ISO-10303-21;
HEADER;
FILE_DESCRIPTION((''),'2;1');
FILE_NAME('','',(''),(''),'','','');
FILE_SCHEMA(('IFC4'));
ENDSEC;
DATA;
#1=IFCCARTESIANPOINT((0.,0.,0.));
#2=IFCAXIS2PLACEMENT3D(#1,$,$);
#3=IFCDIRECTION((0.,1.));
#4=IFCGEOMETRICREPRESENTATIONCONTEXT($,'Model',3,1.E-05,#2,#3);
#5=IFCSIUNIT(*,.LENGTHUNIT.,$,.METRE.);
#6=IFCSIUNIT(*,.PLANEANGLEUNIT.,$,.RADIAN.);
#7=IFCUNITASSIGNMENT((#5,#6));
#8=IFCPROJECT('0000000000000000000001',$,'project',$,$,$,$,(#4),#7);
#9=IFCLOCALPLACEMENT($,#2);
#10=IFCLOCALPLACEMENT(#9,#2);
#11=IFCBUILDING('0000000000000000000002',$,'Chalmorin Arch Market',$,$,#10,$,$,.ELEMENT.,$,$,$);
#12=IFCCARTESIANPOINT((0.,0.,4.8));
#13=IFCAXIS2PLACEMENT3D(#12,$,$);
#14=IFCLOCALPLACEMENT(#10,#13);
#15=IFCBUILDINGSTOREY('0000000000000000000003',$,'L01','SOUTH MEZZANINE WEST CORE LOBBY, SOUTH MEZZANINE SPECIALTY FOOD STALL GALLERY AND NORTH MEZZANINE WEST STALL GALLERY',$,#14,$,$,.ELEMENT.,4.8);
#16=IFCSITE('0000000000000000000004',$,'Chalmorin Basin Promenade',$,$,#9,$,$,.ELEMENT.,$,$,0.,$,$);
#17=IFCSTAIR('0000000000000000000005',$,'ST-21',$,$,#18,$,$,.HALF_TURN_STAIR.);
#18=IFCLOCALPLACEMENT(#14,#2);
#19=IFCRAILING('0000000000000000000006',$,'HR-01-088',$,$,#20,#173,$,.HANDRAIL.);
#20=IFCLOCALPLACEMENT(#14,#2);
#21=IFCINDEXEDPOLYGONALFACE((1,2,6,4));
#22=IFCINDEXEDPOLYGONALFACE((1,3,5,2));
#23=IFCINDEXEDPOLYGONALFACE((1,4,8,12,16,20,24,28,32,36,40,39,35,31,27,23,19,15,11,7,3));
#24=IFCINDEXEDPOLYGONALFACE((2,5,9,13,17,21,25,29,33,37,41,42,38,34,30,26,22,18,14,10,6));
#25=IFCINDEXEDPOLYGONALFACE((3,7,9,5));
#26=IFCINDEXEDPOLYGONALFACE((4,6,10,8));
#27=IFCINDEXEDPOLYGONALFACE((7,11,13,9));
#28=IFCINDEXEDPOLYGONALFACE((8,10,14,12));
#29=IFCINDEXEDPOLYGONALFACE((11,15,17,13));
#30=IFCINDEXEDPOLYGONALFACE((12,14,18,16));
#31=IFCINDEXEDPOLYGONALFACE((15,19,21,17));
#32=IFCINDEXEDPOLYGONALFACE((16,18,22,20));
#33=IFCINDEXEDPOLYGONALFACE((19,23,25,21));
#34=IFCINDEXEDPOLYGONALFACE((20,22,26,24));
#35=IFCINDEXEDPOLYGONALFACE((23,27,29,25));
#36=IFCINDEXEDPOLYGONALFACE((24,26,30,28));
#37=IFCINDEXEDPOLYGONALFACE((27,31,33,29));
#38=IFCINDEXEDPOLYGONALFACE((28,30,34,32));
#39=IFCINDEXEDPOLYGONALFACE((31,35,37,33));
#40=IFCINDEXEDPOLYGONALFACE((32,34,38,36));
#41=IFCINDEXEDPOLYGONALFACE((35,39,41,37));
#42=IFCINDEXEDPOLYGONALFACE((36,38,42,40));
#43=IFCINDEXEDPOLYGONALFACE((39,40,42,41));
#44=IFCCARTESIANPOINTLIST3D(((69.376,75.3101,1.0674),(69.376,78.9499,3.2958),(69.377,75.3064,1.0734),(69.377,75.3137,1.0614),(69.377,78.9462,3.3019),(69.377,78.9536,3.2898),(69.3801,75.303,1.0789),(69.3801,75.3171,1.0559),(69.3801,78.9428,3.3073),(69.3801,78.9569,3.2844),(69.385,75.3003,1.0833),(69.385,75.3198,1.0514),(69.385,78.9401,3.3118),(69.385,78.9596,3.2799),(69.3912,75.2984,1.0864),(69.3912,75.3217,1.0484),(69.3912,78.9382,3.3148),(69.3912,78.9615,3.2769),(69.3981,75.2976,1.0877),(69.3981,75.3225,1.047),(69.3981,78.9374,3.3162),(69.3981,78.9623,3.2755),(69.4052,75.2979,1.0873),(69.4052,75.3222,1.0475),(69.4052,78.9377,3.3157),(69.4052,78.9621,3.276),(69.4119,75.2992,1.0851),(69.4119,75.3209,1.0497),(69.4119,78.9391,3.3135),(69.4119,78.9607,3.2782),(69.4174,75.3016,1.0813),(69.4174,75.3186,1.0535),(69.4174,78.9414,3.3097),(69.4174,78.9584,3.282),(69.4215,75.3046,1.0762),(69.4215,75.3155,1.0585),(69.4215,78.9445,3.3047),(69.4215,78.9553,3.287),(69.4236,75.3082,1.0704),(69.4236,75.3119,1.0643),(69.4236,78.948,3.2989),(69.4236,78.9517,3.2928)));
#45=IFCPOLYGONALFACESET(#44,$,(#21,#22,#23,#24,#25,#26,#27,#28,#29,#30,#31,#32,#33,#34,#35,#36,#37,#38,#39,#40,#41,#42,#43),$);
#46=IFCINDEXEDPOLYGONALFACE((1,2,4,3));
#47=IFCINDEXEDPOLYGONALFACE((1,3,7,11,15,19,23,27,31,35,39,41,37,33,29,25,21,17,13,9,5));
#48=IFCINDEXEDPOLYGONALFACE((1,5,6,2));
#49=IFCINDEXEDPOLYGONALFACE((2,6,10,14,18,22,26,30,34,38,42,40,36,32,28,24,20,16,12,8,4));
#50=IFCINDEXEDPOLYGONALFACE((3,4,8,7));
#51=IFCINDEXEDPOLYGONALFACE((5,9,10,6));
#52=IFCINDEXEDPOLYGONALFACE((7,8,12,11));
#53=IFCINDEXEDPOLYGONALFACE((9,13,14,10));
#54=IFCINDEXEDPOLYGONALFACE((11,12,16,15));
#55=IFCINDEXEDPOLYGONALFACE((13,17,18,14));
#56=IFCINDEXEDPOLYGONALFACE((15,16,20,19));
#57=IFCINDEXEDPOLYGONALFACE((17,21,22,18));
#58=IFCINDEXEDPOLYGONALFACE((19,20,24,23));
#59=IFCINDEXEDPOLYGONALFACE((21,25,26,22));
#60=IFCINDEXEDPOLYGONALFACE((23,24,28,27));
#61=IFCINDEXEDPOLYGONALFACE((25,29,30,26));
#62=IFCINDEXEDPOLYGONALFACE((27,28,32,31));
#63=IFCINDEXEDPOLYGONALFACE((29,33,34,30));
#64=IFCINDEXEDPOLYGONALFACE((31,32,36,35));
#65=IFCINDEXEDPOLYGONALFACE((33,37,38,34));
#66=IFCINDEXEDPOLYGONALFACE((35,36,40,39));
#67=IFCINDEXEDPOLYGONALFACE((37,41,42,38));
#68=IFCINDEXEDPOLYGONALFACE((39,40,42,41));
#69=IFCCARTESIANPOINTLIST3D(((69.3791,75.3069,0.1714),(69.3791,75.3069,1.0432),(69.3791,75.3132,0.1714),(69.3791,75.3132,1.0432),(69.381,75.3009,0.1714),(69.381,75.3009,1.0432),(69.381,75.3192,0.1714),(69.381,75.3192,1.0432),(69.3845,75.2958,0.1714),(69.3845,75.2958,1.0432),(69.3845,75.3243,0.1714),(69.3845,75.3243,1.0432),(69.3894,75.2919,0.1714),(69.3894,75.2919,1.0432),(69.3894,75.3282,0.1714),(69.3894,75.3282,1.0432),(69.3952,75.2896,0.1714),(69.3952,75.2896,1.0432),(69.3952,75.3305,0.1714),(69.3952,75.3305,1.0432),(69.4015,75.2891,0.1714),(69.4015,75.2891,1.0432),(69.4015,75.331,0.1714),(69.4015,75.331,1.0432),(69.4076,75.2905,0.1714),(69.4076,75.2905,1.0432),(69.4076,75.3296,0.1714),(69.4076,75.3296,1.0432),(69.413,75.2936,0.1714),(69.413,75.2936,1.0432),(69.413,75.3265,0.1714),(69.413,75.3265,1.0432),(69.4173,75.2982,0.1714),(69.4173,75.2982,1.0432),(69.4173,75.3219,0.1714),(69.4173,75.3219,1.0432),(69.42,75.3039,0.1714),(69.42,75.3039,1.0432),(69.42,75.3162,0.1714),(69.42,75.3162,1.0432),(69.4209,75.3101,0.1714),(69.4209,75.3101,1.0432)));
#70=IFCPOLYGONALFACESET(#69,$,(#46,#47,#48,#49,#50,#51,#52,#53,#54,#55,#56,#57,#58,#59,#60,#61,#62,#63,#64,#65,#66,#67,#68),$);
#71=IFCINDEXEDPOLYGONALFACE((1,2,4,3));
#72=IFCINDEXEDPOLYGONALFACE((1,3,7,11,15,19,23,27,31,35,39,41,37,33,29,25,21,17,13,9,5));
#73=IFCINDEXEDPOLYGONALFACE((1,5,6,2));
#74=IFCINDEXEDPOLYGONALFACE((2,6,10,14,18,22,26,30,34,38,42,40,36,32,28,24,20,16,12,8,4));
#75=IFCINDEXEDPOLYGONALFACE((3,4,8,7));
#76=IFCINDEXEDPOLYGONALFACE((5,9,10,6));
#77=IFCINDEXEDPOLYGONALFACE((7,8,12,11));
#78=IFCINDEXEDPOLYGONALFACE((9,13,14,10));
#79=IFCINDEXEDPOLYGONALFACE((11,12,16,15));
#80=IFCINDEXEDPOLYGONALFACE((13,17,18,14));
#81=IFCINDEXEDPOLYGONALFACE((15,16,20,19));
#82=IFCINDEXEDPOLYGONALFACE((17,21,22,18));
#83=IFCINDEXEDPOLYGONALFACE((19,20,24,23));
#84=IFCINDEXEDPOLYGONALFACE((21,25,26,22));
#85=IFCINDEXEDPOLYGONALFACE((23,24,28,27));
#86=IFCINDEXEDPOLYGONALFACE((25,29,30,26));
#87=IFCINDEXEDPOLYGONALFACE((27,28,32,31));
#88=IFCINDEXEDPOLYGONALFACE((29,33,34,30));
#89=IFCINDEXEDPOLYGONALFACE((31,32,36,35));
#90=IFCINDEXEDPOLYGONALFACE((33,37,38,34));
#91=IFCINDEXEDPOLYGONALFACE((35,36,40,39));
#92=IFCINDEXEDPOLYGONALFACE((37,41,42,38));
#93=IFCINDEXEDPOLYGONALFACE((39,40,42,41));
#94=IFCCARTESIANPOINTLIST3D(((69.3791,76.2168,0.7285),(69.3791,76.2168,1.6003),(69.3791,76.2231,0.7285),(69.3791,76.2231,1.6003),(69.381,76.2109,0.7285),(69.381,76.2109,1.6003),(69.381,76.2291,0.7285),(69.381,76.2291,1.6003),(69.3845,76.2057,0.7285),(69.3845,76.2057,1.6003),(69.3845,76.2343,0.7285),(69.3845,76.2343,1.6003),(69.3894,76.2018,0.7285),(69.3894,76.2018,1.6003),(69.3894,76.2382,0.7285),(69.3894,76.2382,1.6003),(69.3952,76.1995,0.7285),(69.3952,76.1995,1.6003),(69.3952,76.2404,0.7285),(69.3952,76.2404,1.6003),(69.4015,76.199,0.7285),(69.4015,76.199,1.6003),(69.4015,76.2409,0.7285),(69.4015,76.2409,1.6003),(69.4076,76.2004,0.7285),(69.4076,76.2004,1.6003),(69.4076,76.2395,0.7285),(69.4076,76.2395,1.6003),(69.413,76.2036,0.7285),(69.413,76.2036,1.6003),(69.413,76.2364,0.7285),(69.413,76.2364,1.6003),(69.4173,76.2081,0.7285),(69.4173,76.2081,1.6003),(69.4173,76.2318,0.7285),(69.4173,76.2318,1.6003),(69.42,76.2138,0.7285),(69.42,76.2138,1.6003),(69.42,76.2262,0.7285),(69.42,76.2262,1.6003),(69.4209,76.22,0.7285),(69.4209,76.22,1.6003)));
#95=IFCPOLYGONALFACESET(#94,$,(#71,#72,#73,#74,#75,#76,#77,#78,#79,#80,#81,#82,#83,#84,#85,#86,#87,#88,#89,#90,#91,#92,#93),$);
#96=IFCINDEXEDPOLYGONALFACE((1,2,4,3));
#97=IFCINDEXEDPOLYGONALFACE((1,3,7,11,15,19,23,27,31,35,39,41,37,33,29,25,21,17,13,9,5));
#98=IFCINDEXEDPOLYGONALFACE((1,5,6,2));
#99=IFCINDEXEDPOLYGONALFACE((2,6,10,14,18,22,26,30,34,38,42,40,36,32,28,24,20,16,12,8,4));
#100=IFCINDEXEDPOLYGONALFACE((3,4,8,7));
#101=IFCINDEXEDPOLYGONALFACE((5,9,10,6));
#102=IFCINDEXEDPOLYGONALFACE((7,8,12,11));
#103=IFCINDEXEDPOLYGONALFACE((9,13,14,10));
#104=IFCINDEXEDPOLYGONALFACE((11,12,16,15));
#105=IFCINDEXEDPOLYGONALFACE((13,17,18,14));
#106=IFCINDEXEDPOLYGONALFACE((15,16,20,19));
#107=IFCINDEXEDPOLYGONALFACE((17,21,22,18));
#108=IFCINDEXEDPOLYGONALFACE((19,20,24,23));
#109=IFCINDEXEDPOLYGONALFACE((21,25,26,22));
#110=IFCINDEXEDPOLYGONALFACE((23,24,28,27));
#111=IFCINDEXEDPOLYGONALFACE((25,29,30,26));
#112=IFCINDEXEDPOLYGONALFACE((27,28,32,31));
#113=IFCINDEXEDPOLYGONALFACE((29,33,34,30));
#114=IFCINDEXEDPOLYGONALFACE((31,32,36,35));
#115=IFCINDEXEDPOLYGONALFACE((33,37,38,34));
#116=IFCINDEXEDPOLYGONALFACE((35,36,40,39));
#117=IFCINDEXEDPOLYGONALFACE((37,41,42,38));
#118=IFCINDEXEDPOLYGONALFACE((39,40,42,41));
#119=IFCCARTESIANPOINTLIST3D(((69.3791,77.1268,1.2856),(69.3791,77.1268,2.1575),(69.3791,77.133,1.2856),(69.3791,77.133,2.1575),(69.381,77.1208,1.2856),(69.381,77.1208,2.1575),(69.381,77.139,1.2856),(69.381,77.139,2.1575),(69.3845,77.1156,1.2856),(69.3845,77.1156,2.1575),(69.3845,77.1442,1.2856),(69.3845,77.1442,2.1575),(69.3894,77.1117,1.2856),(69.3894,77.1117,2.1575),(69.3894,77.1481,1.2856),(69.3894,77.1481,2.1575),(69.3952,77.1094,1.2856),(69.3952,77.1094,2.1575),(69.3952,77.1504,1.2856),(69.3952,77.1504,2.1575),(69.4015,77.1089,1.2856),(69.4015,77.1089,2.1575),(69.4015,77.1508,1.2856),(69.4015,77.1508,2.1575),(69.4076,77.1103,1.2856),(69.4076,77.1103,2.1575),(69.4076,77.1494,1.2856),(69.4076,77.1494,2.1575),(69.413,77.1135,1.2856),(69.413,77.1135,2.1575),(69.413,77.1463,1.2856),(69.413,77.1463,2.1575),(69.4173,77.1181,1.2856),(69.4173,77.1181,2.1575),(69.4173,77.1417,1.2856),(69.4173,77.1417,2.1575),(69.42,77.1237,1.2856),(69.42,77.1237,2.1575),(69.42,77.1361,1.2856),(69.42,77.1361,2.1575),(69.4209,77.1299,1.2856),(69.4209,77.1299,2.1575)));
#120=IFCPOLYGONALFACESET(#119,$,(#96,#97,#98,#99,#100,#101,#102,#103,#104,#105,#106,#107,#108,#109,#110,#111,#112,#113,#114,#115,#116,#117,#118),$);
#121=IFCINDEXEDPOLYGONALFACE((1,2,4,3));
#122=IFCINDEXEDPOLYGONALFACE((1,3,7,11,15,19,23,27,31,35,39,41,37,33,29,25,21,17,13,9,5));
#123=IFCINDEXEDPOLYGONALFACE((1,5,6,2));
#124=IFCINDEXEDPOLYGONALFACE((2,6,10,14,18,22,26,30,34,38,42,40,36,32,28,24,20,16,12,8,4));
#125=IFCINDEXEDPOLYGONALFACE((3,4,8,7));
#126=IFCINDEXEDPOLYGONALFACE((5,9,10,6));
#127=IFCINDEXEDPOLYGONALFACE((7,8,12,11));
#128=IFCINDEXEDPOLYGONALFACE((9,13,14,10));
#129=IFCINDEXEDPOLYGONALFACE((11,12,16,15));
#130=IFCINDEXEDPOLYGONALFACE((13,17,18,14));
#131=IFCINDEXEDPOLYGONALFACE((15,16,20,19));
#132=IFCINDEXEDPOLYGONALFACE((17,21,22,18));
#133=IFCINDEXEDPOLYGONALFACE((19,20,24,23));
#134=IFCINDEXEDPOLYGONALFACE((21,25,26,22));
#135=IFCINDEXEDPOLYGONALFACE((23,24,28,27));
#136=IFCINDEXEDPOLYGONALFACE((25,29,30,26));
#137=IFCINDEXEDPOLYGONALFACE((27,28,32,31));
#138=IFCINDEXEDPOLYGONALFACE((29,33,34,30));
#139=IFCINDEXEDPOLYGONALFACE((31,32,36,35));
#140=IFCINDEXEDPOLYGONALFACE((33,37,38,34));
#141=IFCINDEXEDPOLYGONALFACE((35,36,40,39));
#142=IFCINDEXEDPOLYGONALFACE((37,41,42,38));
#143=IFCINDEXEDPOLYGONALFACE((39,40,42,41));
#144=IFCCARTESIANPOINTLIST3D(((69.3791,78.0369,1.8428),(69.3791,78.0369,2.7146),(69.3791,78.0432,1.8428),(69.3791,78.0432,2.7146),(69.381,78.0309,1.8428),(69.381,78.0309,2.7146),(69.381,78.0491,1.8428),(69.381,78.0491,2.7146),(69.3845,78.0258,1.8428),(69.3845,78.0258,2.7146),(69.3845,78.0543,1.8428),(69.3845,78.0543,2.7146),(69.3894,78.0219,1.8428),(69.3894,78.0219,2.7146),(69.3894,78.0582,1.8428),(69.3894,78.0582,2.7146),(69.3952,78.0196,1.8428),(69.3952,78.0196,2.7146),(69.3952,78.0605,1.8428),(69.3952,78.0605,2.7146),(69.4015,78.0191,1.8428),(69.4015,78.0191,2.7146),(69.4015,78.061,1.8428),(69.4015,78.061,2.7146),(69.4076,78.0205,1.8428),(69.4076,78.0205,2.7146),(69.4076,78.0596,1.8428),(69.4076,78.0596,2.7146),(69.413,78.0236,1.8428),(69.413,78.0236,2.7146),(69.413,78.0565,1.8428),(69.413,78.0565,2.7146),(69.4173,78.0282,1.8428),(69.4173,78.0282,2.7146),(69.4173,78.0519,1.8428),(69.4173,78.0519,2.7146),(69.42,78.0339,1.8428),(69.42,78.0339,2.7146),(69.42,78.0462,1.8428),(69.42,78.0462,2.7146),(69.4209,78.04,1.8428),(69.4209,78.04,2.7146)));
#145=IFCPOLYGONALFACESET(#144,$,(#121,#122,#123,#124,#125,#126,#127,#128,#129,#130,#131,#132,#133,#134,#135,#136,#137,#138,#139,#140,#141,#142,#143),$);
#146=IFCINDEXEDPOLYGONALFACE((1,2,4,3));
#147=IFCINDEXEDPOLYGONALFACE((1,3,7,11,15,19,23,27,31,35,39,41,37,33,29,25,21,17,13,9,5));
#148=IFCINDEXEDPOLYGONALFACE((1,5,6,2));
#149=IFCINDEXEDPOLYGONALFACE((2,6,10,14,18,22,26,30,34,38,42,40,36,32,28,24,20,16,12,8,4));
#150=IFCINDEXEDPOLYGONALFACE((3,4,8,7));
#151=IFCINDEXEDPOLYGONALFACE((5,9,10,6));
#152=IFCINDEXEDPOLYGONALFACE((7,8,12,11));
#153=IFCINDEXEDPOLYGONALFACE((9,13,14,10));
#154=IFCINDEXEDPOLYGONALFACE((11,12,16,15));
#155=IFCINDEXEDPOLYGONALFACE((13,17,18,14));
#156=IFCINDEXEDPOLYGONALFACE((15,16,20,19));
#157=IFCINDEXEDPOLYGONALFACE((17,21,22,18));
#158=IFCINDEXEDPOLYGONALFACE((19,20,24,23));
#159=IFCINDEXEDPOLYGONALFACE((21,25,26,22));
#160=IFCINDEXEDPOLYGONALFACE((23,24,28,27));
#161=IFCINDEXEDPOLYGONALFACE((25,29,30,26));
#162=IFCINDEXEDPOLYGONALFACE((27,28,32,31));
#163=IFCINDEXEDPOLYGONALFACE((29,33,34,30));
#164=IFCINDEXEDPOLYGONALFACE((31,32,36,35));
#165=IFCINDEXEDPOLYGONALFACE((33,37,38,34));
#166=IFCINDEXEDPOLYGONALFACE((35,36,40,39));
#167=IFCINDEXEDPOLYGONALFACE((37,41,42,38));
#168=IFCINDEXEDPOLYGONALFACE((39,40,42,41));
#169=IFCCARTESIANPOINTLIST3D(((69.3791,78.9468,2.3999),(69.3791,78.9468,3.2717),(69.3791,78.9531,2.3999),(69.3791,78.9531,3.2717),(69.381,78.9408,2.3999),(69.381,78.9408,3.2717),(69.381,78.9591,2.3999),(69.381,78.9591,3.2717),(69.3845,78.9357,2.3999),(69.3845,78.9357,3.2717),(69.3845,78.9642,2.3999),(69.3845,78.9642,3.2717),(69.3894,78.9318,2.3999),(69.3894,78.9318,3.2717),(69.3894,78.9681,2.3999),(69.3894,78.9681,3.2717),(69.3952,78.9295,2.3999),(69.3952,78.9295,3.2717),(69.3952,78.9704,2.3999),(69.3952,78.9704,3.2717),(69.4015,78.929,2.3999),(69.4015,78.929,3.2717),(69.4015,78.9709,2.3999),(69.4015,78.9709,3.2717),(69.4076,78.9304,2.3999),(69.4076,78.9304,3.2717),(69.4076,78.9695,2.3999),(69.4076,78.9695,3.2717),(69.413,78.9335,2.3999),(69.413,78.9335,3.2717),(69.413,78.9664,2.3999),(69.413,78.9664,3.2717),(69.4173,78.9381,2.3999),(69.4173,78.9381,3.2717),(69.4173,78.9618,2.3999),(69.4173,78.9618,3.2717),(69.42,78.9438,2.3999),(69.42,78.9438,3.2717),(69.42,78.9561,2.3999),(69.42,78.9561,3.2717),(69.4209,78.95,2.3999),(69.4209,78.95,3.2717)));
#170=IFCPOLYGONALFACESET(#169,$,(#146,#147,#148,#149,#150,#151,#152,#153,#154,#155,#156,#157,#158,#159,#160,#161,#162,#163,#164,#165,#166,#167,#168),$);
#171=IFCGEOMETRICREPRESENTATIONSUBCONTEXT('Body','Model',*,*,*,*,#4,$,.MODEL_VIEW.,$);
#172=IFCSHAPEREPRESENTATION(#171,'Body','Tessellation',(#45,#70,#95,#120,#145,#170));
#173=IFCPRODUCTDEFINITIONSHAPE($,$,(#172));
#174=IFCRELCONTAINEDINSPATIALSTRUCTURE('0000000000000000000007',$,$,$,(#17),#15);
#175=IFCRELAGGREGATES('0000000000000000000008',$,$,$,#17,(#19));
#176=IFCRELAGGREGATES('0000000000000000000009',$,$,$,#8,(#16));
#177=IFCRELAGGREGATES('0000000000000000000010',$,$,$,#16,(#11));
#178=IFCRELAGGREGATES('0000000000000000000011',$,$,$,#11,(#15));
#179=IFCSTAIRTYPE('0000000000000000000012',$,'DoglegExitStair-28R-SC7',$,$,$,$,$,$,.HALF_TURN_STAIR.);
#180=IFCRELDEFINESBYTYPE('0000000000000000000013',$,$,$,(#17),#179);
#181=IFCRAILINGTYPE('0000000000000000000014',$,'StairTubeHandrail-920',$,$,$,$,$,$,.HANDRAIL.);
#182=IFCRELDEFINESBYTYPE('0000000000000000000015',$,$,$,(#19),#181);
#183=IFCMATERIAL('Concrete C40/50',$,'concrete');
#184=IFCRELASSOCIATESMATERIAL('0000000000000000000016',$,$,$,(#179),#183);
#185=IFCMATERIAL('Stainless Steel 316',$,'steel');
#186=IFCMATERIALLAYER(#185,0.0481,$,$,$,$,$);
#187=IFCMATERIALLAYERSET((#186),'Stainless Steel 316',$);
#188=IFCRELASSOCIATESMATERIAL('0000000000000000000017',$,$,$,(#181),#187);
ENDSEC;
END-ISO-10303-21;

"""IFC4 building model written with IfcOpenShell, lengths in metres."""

from ifc_helpers import new_model, si_unit, direction, frame, origin, origin_2d, place, context, subcontext, project, spatial, circle, extrude, material, layer, layer_set, type_object, element, aggregate, save


model = new_model("IFC4")

# Units and contexts
model_context = context("Model", 3, precision=1e-05, world=origin(), true_north=direction((0.0, 1.0)))
body_context = subcontext(model_context, "Body", "Model", "MODEL_VIEW")
ifc_project = project(units=[si_unit("LENGTHUNIT", "METRE"), si_unit("PLANEANGLEUNIT", "RADIAN")], contexts=[model_context])

# Site, building, storey
site_placement = place(None, origin())
site = spatial("IfcSite", under=ifc_project, at=site_placement, Name="Chalmorin Basin Promenade", CompositionType="ELEMENT", RefElevation=0.0)
building_placement = place(site_placement, origin())
building = spatial("IfcBuilding", under=site, at=building_placement, Name="Chalmorin Arch Market", CompositionType="ELEMENT")
storey_placement = place(building_placement, frame((0.0, 0.0, 4.8)))
storey = spatial("IfcBuildingStorey", under=building, at=storey_placement, Name="L01", Description="SOUTH MEZZANINE WEST CORE LOBBY, SOUTH MEZZANINE SPECIALTY FOOD STALL GALLERY AND NORTH MEZZANINE WEST STALL GALLERY", CompositionType="ELEMENT", Elevation=4.8)

# Shared definitions
ifc_material_1 = material(Name="Concrete C40/50", Category="concrete")

# Shared definitions
ifc_material_2 = material(Name="Stainless Steel 316", Category="steel")

# Stair, railing
stair_type = type_object("IfcStairType", Name="DoglegExitStair-28R-SC7", PredefinedType="HALF_TURN_STAIR", material=ifc_material_1)
stair_placement = place(storey_placement, origin())
stair = element("IfcStair", 1, at=stair_placement, inside=storey, type_object=stair_type, Name="ST-21", PredefinedType="HALF_TURN_STAIR")
ifc_layer_1 = layer(ifc_material_2, 0.0481)
ifc_layer_set_1 = layer_set([ifc_layer_1], Name="Stainless Steel 316")
railing_type_1 = type_object("IfcRailingType", Name="StairTubeHandrail-920", PredefinedType="HANDRAIL", material=ifc_layer_set_1)
railing_1_placement = place(storey_placement, frame((69.3999, 75.3101, 0.1714)))
railing_1 = element("IfcRailing", 2, at=railing_1_placement, type_object=railing_type_1, Name="HR-01-088", PredefinedType="HANDRAIL", context=body_context, shape_type="SweptSolid", body=[
    extrude(circle(Radius=0.0239, at=origin_2d()), frame((0.0, 0.0, 0.896), z_axis=(0.0, 0.85285, 0.522156), x_axis=(-1.0, 0.0, 0.0)), (0.0, 0.0, 1.0), 4.2678),
    extrude(circle(Radius=0.021, at=origin_2d()), origin(), (0.0, 0.0, 1.0), 0.8718),
    extrude(circle(Radius=0.021, at=origin_2d()), frame((0.0, 0.9099, 0.5571)), (0.0, 0.0, 1.0), 0.8718),
    extrude(circle(Radius=0.021, at=origin_2d()), frame((0.0, 1.8198, 1.1143)), (0.0, 0.0, 1.0), 0.8718),
    extrude(circle(Radius=0.021, at=origin_2d()), frame((0.0, 2.73, 1.6714)), (0.0, 0.0, 1.0), 0.8718),
    extrude(circle(Radius=0.021, at=origin_2d()), frame((0.0, 3.6399, 2.2285)), (0.0, 0.0, 1.0), 0.8718),
])
aggregate(stair, [railing_1])

save(model, "model.ifc")
